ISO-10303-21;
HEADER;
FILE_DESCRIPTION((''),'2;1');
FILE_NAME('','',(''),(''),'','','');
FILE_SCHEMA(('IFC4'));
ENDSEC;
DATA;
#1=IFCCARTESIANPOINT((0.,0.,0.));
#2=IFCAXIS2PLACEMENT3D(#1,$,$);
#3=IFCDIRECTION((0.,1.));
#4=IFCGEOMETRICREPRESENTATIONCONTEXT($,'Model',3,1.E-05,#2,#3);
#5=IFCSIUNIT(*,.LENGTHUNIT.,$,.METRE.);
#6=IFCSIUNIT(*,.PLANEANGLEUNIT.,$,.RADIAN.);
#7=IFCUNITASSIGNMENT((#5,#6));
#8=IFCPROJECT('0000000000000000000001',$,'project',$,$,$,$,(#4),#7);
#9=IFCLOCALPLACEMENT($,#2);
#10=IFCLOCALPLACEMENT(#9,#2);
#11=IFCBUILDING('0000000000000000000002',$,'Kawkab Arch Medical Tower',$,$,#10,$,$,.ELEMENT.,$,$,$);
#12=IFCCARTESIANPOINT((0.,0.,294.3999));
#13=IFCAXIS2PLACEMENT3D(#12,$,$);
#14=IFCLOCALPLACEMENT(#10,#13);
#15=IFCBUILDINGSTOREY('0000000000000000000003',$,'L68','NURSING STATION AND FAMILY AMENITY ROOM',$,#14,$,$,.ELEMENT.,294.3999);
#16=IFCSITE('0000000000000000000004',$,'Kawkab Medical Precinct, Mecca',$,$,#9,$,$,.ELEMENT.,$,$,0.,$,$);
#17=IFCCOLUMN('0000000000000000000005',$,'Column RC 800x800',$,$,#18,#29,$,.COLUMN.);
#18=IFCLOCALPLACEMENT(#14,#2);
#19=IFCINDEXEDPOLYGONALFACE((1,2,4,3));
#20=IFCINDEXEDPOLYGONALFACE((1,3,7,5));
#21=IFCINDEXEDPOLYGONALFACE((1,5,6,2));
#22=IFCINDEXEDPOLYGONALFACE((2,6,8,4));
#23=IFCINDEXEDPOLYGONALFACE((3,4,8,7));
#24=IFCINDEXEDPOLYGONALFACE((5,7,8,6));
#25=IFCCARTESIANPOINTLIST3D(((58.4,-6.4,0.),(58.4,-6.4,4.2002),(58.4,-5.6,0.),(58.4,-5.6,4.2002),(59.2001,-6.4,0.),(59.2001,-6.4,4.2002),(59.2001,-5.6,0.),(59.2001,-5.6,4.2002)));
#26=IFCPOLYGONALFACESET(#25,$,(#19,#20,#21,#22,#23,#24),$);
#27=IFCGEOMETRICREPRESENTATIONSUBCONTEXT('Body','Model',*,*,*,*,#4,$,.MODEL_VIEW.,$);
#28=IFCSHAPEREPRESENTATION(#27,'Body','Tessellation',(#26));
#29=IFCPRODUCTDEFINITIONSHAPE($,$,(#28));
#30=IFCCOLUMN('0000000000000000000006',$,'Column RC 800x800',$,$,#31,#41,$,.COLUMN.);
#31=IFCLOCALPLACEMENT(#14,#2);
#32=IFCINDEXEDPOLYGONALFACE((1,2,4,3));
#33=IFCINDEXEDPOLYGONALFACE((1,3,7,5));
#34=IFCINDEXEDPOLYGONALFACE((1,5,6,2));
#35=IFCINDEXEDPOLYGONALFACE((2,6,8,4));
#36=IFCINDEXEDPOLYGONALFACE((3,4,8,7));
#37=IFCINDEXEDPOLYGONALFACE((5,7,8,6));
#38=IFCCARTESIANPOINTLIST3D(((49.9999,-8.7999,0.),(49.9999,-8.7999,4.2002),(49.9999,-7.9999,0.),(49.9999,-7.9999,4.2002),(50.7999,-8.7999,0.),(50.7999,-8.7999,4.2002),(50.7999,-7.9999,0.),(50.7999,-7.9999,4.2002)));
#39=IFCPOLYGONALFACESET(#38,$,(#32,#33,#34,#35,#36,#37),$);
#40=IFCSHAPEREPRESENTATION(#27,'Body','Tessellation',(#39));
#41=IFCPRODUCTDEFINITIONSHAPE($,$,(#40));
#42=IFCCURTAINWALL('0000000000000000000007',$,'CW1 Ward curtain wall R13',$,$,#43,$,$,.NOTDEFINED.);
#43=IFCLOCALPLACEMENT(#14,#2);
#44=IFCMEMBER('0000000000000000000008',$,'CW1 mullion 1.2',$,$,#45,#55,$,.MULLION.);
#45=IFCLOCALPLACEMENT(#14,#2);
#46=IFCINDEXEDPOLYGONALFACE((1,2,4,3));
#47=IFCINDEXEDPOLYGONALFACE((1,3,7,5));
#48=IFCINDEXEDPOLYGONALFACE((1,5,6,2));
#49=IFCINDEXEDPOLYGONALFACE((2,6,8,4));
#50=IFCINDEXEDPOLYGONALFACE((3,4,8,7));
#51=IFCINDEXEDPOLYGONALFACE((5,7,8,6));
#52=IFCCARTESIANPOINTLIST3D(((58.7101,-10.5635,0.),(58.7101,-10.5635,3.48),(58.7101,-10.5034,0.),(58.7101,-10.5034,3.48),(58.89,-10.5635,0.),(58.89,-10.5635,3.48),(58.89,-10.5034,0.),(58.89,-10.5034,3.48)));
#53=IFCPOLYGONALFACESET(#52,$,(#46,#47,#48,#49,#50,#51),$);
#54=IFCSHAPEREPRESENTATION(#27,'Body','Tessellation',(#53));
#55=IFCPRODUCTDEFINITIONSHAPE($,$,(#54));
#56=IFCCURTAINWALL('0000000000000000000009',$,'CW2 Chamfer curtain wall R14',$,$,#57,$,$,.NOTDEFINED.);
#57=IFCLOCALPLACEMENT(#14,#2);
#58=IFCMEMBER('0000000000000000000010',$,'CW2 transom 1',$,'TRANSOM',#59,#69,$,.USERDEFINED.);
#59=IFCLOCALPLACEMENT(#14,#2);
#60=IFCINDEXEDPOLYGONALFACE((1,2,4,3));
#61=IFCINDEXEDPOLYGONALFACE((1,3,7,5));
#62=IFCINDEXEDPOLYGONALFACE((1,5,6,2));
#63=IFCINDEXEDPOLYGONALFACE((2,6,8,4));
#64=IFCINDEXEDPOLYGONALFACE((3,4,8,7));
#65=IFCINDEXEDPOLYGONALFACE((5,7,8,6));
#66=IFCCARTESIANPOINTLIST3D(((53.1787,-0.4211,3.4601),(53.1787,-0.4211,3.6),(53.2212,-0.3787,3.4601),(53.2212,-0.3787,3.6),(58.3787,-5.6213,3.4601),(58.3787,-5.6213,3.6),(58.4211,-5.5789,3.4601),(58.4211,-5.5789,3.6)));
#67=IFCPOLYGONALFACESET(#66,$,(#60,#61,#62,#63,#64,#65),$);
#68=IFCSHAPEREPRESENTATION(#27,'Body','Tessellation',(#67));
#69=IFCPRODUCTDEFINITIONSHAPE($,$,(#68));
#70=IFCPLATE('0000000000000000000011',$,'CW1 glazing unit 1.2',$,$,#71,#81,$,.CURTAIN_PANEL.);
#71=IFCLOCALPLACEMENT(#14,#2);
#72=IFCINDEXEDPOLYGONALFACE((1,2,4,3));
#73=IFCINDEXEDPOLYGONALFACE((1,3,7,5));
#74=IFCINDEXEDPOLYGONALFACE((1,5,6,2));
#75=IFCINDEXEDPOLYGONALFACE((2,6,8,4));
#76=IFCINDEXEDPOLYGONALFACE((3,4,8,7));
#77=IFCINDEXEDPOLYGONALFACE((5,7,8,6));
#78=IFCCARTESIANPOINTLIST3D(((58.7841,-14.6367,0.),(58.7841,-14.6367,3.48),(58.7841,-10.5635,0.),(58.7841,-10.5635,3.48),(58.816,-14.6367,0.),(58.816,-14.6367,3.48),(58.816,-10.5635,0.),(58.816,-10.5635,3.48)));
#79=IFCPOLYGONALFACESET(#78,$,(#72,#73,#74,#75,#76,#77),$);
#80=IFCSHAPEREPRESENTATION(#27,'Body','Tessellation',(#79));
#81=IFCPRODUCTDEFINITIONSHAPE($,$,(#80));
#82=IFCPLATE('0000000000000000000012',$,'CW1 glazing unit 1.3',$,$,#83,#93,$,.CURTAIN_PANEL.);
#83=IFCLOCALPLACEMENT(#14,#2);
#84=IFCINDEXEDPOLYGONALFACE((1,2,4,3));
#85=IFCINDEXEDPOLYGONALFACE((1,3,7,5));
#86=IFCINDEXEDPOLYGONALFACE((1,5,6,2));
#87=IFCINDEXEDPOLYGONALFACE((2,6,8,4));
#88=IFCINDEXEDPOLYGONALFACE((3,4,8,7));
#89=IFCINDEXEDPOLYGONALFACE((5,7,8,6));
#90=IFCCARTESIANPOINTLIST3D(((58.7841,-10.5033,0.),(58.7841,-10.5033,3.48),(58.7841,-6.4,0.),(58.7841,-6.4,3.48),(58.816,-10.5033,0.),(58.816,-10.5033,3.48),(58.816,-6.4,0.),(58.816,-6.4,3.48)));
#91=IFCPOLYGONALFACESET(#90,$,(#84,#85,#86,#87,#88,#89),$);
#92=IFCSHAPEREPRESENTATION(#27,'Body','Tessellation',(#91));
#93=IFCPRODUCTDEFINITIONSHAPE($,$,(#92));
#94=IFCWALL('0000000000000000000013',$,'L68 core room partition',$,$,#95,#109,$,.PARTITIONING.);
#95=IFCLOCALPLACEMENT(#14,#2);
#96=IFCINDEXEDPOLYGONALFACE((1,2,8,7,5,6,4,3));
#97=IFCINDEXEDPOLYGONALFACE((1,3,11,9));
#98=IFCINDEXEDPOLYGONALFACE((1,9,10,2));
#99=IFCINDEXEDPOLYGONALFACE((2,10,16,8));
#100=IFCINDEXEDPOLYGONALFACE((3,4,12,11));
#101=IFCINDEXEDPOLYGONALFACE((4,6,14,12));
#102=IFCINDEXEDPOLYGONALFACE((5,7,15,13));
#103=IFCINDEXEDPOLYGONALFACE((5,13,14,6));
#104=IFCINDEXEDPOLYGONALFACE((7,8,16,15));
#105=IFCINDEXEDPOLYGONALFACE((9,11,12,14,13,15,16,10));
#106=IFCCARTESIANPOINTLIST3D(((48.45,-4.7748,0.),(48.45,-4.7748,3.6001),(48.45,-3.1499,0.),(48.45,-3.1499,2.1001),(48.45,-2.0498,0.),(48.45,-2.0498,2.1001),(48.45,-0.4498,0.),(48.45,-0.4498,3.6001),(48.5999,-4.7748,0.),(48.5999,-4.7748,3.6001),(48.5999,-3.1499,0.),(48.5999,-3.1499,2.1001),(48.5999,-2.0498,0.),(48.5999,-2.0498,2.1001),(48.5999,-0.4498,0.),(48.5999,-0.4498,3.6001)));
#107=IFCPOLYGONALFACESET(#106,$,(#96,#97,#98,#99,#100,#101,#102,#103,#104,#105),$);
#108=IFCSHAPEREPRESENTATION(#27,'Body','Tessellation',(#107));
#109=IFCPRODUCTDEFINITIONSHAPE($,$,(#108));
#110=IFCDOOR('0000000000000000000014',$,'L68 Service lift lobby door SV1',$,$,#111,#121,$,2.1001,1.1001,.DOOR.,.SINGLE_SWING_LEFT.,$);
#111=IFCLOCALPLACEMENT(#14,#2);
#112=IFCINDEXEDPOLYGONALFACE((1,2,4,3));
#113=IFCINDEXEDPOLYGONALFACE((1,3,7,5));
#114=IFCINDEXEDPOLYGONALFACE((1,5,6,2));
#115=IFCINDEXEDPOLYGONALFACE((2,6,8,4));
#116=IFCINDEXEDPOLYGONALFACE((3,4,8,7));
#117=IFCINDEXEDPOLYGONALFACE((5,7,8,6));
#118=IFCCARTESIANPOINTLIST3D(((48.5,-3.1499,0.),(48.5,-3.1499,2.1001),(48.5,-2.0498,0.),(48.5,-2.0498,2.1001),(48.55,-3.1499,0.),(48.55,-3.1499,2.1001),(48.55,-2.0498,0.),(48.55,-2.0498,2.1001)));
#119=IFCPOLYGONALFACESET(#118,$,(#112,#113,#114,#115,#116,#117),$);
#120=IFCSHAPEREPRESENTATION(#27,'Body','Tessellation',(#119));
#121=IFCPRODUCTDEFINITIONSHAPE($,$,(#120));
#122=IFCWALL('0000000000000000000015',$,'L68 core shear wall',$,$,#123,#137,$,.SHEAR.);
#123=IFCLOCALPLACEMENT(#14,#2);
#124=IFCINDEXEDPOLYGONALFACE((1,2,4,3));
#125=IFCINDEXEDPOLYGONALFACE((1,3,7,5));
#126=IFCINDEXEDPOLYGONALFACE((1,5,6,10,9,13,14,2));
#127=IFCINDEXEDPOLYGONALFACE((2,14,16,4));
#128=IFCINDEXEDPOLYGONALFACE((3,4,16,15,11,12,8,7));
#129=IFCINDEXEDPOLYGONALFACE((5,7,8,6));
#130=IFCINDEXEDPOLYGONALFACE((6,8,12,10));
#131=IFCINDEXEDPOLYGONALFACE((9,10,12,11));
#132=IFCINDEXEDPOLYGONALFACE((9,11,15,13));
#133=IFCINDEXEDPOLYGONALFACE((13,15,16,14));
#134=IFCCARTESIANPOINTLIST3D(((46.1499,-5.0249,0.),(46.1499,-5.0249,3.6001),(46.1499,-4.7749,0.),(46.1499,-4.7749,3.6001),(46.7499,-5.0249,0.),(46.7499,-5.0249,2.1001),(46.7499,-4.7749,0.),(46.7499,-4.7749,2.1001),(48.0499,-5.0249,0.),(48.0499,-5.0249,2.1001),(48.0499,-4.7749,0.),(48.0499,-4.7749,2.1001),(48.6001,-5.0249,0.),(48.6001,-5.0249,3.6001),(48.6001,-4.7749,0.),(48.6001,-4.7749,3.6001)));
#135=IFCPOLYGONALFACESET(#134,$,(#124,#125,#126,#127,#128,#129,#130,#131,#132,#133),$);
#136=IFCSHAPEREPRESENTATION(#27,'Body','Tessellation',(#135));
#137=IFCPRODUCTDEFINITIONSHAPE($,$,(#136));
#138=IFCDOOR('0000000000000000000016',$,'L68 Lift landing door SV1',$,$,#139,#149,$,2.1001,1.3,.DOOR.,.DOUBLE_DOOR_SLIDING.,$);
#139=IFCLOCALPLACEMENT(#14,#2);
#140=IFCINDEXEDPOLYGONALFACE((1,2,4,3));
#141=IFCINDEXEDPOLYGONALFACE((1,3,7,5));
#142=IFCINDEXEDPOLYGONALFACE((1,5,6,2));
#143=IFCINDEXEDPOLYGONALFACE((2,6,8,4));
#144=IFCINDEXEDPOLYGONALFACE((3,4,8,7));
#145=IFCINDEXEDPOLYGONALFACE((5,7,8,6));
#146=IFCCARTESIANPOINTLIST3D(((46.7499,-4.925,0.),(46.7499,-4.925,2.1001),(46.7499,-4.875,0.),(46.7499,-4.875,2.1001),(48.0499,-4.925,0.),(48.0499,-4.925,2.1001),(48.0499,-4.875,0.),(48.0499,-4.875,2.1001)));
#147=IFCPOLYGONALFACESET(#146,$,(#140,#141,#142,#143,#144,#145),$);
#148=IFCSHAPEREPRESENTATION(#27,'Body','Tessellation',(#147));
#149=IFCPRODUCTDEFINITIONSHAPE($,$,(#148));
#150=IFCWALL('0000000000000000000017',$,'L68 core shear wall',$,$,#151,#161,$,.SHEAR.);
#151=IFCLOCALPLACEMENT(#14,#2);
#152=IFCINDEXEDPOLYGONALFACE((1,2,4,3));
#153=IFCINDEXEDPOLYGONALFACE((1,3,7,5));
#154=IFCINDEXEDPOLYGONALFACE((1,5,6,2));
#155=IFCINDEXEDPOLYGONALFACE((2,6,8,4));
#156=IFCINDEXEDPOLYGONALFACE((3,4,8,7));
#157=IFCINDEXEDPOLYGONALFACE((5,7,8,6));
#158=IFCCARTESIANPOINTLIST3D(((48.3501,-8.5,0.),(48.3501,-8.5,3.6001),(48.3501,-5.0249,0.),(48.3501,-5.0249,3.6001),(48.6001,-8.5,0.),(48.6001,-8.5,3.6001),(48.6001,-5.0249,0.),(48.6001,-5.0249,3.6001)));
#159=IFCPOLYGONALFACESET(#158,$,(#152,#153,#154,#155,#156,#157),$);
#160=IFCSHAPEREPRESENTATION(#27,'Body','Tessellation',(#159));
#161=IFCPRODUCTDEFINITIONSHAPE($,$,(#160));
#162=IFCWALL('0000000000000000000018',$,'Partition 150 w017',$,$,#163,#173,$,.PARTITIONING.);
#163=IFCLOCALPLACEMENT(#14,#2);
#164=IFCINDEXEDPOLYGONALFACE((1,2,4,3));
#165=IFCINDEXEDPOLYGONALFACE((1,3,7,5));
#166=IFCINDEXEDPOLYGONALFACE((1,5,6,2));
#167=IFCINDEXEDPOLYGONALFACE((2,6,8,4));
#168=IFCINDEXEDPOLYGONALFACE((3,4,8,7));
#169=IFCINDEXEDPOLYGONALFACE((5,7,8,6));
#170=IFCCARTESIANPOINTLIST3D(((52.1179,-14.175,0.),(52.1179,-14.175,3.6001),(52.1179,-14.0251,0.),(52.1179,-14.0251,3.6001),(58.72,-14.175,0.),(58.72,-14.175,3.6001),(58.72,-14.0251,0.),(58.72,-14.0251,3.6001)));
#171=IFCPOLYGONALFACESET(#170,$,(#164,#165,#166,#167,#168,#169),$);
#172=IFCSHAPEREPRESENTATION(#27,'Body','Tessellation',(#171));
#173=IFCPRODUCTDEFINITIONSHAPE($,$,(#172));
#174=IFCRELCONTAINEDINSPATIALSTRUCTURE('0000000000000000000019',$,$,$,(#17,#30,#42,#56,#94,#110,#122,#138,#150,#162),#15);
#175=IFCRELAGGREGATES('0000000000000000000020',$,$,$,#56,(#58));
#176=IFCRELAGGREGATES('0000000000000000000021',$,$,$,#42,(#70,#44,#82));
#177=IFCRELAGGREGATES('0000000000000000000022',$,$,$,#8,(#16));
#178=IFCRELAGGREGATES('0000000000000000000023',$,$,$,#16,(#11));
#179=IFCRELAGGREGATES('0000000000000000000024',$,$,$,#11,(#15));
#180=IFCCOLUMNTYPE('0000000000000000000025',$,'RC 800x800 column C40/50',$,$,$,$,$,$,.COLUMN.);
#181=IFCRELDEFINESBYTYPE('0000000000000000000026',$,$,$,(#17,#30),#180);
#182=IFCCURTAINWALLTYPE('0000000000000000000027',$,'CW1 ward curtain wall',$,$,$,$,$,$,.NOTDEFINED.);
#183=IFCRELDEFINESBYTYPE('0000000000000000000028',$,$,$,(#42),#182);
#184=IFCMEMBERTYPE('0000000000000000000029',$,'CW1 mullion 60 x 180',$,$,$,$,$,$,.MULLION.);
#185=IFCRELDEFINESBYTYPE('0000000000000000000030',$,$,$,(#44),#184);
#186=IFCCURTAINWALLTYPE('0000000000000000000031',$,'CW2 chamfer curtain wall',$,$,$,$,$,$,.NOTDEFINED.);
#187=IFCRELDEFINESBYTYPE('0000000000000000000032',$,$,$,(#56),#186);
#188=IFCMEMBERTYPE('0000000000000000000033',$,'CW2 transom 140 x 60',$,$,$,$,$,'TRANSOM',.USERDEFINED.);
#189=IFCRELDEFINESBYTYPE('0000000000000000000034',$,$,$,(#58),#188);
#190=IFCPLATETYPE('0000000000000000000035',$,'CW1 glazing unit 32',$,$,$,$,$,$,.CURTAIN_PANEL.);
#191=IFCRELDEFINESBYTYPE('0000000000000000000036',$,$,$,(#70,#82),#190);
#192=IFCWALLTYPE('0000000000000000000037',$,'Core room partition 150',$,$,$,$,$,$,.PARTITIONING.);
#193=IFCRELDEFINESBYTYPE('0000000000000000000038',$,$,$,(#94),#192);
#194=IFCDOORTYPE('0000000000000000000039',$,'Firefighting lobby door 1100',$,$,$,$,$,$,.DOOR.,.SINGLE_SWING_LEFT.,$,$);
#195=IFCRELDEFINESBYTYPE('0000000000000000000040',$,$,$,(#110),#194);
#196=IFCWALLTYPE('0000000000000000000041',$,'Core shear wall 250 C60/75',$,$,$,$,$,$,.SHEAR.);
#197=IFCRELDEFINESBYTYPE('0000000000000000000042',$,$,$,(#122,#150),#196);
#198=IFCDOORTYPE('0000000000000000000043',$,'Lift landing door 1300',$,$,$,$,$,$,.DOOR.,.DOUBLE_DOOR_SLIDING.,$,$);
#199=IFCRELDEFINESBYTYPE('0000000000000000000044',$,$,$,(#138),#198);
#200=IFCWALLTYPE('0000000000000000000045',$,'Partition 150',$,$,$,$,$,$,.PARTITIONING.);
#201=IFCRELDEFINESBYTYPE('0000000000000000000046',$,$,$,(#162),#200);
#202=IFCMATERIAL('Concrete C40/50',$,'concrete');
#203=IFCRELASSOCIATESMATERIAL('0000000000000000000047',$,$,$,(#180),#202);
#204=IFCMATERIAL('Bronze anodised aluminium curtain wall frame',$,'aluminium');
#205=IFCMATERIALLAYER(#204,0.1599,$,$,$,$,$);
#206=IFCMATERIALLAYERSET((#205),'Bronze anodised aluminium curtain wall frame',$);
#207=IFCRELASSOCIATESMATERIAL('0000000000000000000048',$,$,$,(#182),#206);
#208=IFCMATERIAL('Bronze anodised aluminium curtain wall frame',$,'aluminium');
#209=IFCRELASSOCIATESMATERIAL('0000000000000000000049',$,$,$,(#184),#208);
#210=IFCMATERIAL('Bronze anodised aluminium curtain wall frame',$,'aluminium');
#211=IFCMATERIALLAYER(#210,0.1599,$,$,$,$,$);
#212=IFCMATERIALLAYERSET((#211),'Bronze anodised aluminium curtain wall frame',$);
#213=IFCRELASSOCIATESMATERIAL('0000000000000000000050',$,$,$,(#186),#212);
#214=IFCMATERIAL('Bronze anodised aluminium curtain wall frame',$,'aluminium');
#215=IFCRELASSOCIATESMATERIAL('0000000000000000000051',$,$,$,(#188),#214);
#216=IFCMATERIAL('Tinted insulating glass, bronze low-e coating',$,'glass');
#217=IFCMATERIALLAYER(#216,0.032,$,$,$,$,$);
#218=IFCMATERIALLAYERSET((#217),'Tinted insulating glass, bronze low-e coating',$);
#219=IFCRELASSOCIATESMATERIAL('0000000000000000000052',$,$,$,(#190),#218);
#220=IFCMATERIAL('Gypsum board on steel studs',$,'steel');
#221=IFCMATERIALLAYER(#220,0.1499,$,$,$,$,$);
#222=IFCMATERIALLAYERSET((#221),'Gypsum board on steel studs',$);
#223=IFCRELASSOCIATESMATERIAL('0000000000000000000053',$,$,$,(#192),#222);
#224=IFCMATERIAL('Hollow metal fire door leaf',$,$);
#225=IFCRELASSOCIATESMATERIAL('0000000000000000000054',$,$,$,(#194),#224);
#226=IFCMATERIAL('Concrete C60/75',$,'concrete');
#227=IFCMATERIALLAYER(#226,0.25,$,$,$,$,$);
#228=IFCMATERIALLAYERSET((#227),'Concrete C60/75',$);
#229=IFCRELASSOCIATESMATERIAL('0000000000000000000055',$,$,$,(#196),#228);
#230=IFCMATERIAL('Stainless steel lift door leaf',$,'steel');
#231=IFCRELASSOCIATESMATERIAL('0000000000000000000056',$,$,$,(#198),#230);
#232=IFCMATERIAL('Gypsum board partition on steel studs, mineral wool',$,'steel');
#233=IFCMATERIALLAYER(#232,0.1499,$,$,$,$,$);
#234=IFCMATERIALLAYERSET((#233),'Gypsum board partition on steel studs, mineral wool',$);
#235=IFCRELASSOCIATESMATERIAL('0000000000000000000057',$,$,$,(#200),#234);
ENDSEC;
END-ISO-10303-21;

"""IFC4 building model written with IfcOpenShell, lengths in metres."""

from ifc_helpers import new_model, si_unit, direction, frame, frame_2d, origin, origin_2d, place, context, subcontext, project, spatial, rectangle, extrude, material, layer, layer_set, material_profile, profile_set, type_object, element, fill, aggregate, save


model = new_model("IFC4")

# Units and contexts
model_context = context("Model", 3, precision=1e-05, world=origin(), true_north=direction((0.0, 1.0)))
body_context = subcontext(model_context, "Body", "Model", "MODEL_VIEW")
ifc_project = project(units=[si_unit("LENGTHUNIT", "METRE"), si_unit("PLANEANGLEUNIT", "RADIAN")], contexts=[model_context])

# Site, building, storey
site_placement = place(None, origin())
site = spatial("IfcSite", under=ifc_project, at=site_placement, Name="Kawkab Medical Precinct, Mecca", CompositionType="ELEMENT", RefElevation=0.0)
building_placement = place(site_placement, origin())
building = spatial("IfcBuilding", under=site, at=building_placement, Name="Kawkab Arch Medical Tower", CompositionType="ELEMENT")
storey_placement = place(building_placement, frame((0.0, 0.0, 294.3999)))
storey = spatial("IfcBuildingStorey", under=building, at=storey_placement, Name="L68", Description="NURSING STATION AND FAMILY AMENITY ROOM", CompositionType="ELEMENT", Elevation=294.3999)

# Columns
ifc_material_1 = material(Name="Concrete C40/50", Category="concrete")
ifc_material_profile_1 = material_profile(ifc_material_1, rectangle(XDim=0.8, YDim=0.8, at=origin_2d()), Name="RC 800x800")
ifc_profile_set_1 = profile_set([ifc_material_profile_1], Name="Concrete C40/50")
column_type = type_object("IfcColumnType", Name="RC 800x800 column C40/50", PredefinedType="COLUMN", material=ifc_profile_set_1)
for number, where, z_axis, x_axis, name in (
    (1, (58.8, -6.0, 0.0), (0.0, 0.0, 1.0), (1.0, 0.0, 0.0), "Column RC 800x800"),
    (2, (50.3999, -8.3999, 0.0), (0.0, 0.0, 1.0), (1.0, 0.0, 0.0), "Column RC 800x800"),
):
    element("IfcColumn", number, at=place(storey_placement, frame(where, z_axis=z_axis, x_axis=x_axis)), inside=storey, type_object=column_type, Name=name, PredefinedType="COLUMN", context=body_context, shape_type="SweptSolid", body=[
        extrude(rectangle(XDim=0.8, YDim=0.8, at=origin_2d()), origin(), (0.0, 0.0, 1.0), 4.2002),
    ])

# Curtain walls, members
ifc_material_2 = material(Name="Bronze anodised aluminium curtain wall frame", Category="aluminium")
ifc_layer_1 = layer(ifc_material_2, 0.1599)
ifc_layer_set_1 = layer_set([ifc_layer_1], Name="Bronze anodised aluminium curtain wall frame")
curtain_wall_type_1 = type_object("IfcCurtainWallType", Name="CW1 ward curtain wall", PredefinedType="NOTDEFINED", material=ifc_layer_set_1)
placement = place(storey_placement, origin())
curtain_wall_1 = element("IfcCurtainWall", 3, at=placement, inside=storey, type_object=curtain_wall_type_1, Name="CW1 Ward curtain wall R13", PredefinedType="NOTDEFINED")
ifc_material_3 = material(Name="Bronze anodised aluminium curtain wall frame", Category="aluminium")
ifc_material_profile_2 = material_profile(ifc_material_3, rectangle(XDim=0.1799, YDim=0.0601, at=origin_2d()), Name="AL 60x180")
ifc_profile_set_2 = profile_set([ifc_material_profile_2], Name="Bronze anodised aluminium curtain wall frame")
member_type_1 = type_object("IfcMemberType", Name="CW1 mullion 60 x 180", PredefinedType="MULLION", material=ifc_profile_set_2)
member_1_placement = place(storey_placement, frame((58.8, -10.5334, 0.0), z_axis=(0.0, 0.0, 1.0), x_axis=(-1.0, 0.0, 0.0)))
member_1 = element("IfcMember", 4, at=member_1_placement, type_object=member_type_1, Name="CW1 mullion 1.2", PredefinedType="MULLION", context=body_context, shape_type="SweptSolid", body=[
    extrude(rectangle(XDim=0.1799, YDim=0.0601, at=origin_2d()), origin(), (0.0, 0.0, 1.0), 3.48),
])
ifc_material_4 = material(Name="Bronze anodised aluminium curtain wall frame", Category="aluminium")
ifc_layer_2 = layer(ifc_material_4, 0.1599)
ifc_layer_set_2 = layer_set([ifc_layer_2], Name="Bronze anodised aluminium curtain wall frame")
curtain_wall_type_2 = type_object("IfcCurtainWallType", Name="CW2 chamfer curtain wall", PredefinedType="NOTDEFINED", material=ifc_layer_set_2)
curtain_wall_2 = element("IfcCurtainWall", 5, at=placement, inside=storey, type_object=curtain_wall_type_2, Name="CW2 Chamfer curtain wall R14", PredefinedType="NOTDEFINED")
ifc_material_5 = material(Name="Bronze anodised aluminium curtain wall frame", Category="aluminium")
ifc_material_profile_3 = material_profile(ifc_material_5, rectangle(XDim=0.0601, YDim=0.1399, at=origin_2d()), Name="AL 60x140")
ifc_profile_set_3 = profile_set([ifc_material_profile_3], Name="Bronze anodised aluminium curtain wall frame")
member_type_2 = type_object("IfcMemberType", Name="CW2 transom 140 x 60", ElementType="TRANSOM", PredefinedType="USERDEFINED", material=ifc_profile_set_3)
member_2_placement = place(storey_placement, frame((58.3999, -5.6001, 3.53), z_axis=(-0.70709, 0.707123, 0.0), x_axis=(-0.707123, -0.70709, 0.0)))
member_2 = element("IfcMember", 6, at=member_2_placement, type_object=member_type_2, Name="CW2 transom 1", ObjectType="TRANSOM", PredefinedType="USERDEFINED", context=body_context, shape_type="SweptSolid", body=[
    extrude(rectangle(XDim=0.0601, YDim=0.1399, at=origin_2d()), origin(), (0.0, 0.0, 1.0), 7.354),
])
aggregate(curtain_wall_2, [member_2])

# Plates
ifc_material_6 = material(Name="Tinted insulating glass, bronze low-e coating", Category="glass")
ifc_layer_3 = layer(ifc_material_6, 0.032)
ifc_layer_set_3 = layer_set([ifc_layer_3], Name="Tinted insulating glass, bronze low-e coating")
plate_type = type_object("IfcPlateType", Name="CW1 glazing unit 32", PredefinedType="CURTAIN_PANEL", material=ifc_layer_set_3)
plate_1_placement = place(storey_placement, frame((58.8, -12.6001, 0.0), z_axis=(0.0, 0.0, 1.0), x_axis=(0.0, 1.0, 0.0)))
plate_1 = element("IfcPlate", 7, at=plate_1_placement, type_object=plate_type, Name="CW1 glazing unit 1.2", PredefinedType="CURTAIN_PANEL", context=body_context, shape_type="SweptSolid", body=[
    extrude(rectangle(XDim=4.0732, YDim=0.032, at=origin_2d()), origin(), (0.0, 0.0, 1.0), 3.48),
])
plate_2_placement = place(storey_placement, frame((58.8, -8.4517, 0.0), z_axis=(0.0, 0.0, 1.0), x_axis=(0.0, 1.0, 0.0)))
plate_2 = element("IfcPlate", 8, at=plate_2_placement, type_object=plate_type, Name="CW1 glazing unit 1.3", PredefinedType="CURTAIN_PANEL", context=body_context, shape_type="SweptSolid", body=[
    extrude(rectangle(XDim=4.1033, YDim=0.032, at=origin_2d()), origin(), (0.0, 0.0, 1.0), 3.48),
])
aggregate(curtain_wall_1, [plate_1, member_1, plate_2])

# Walls, openings, doors
ifc_material_7 = material(Name="Gypsum board on steel studs", Category="steel")
ifc_layer_4 = layer(ifc_material_7, 0.1499)
ifc_layer_set_4 = layer_set([ifc_layer_4], Name="Gypsum board on steel studs")
wall_type_1 = type_object("IfcWallType", Name="Core room partition 150", PredefinedType="PARTITIONING", material=ifc_layer_set_4)
wall_1_placement = place(storey_placement, frame((48.5249, -4.7749, 0.0), z_axis=(0.0, 0.0, 1.0), x_axis=(0.0, 1.0, 0.0)))
wall_1 = element("IfcWall", 9, at=wall_1_placement, inside=storey, type_object=wall_type_1, Name="L68 core room partition", PredefinedType="PARTITIONING", context=body_context, shape_type="SweptSolid", body=[
    extrude(rectangle(XDim=4.325, YDim=0.1499, at=frame_2d((2.1626, 0.0))), origin(), (0.0, 0.0, 1.0), 3.6001),
])
opening_1_placement = place(wall_1_placement, frame((1.625, 0.0, 0.0)))
opening_1 = element("IfcOpeningElement", 10, at=opening_1_placement, cuts=wall_1, PredefinedType="OPENING", context=body_context, shape_type="SweptSolid", body=[
    extrude(rectangle(XDim=1.1001, YDim=2.1001, at=frame_2d((0.55, 1.05))), frame((0.0, 0.085, 0.0), z_axis=(0.0, -1.0, 0.0), x_axis=(1.0, 0.0, 0.0)), (0.0, 0.0, 1.0), 0.1699),
])
ifc_material_8 = material(Name="Hollow metal fire door leaf")
door_type_1 = type_object("IfcDoorType", Name="Firefighting lobby door 1100", OperationType="SINGLE_SWING_LEFT", PredefinedType="DOOR", material=ifc_material_8)
door_1_placement = place(opening_1_placement, origin())
door_1 = element("IfcDoor", 11, at=door_1_placement, inside=storey, type_object=door_type_1, Name="L68 Service lift lobby door SV1", OperationType="SINGLE_SWING_LEFT", OverallHeight=2.1001, OverallWidth=1.1001, PredefinedType="DOOR", context=body_context, shape_type="SweptSolid", body=[
    extrude(rectangle(XDim=1.1001, YDim=2.1001, at=frame_2d((0.55, 1.05))), frame((0.0, 0.0249, 0.0), z_axis=(0.0, -1.0, 0.0), x_axis=(1.0, 0.0, 0.0)), (0.0, 0.0, 1.0), 0.05),
])
fill(opening_1, door_1)
ifc_material_9 = material(Name="Concrete C60/75", Category="concrete")
ifc_layer_5 = layer(ifc_material_9, 0.25)
ifc_layer_set_5 = layer_set([ifc_layer_5], Name="Concrete C60/75")
wall_type_2 = type_object("IfcWallType", Name="Core shear wall 250 C60/75", PredefinedType="SHEAR", material=ifc_layer_set_5)
wall_2_placement = place(storey_placement, frame((46.1499, -4.8999, 0.0), z_axis=(0.0, 0.0, 1.0), x_axis=(1.0, 0.0, 0.0)))
wall_2 = element("IfcWall", 12, at=wall_2_placement, inside=storey, type_object=wall_type_2, Name="L68 core shear wall", PredefinedType="SHEAR", context=body_context, shape_type="SweptSolid", body=[
    extrude(rectangle(XDim=2.4502, YDim=0.25, at=frame_2d((1.2251, 0.0))), origin(), (0.0, 0.0, 1.0), 3.6001),
])
opening_2_placement = place(wall_2_placement, frame((0.6001, 0.0, 0.0)))
opening_2 = element("IfcOpeningElement", 13, at=opening_2_placement, cuts=wall_2, PredefinedType="OPENING", context=body_context, shape_type="SweptSolid", body=[
    extrude(rectangle(XDim=1.3, YDim=2.1001, at=frame_2d((0.6499, 1.05))), frame((0.0, 0.135, 0.0), z_axis=(0.0, -1.0, 0.0), x_axis=(1.0, 0.0, 0.0)), (0.0, 0.0, 1.0), 0.27),
])
ifc_material_10 = material(Name="Stainless steel lift door leaf", Category="steel")
door_type_2 = type_object("IfcDoorType", Name="Lift landing door 1300", OperationType="DOUBLE_DOOR_SLIDING", PredefinedType="DOOR", material=ifc_material_10)
door_2_placement = place(opening_2_placement, origin())
door_2 = element("IfcDoor", 14, at=door_2_placement, inside=storey, type_object=door_type_2, Name="L68 Lift landing door SV1", OperationType="DOUBLE_DOOR_SLIDING", OverallHeight=2.1001, OverallWidth=1.3, PredefinedType="DOOR", context=body_context, shape_type="SweptSolid", body=[
    extrude(rectangle(XDim=1.3, YDim=2.1001, at=frame_2d((0.6499, 1.05))), frame((0.0, 0.0249, 0.0), z_axis=(0.0, -1.0, 0.0), x_axis=(1.0, 0.0, 0.0)), (0.0, 0.0, 1.0), 0.05),
])
fill(opening_2, door_2)

# Walls
wall_3_placement = place(storey_placement, frame((48.4751, -8.5, 0.0), z_axis=(0.0, 0.0, 1.0), x_axis=(0.0, 1.0, 0.0)))
element("IfcWall", 15, at=wall_3_placement, inside=storey, type_object=wall_type_2, Name="L68 core shear wall", PredefinedType="SHEAR", context=body_context, shape_type="SweptSolid", body=[
    extrude(rectangle(XDim=3.4751, YDim=0.25, at=frame_2d((1.7375, 0.0))), origin(), (0.0, 0.0, 1.0), 3.6001),
])
ifc_material_11 = material(Name="Gypsum board partition on steel studs, mineral wool", Category="steel")
ifc_layer_6 = layer(ifc_material_11, 0.1499)
ifc_layer_set_6 = layer_set([ifc_layer_6], Name="Gypsum board partition on steel studs, mineral wool")
wall_type_3 = type_object("IfcWallType", Name="Partition 150", PredefinedType="PARTITIONING", material=ifc_layer_set_6)
wall_4_placement = place(storey_placement, frame((52.1179, -14.1001, 0.0), z_axis=(0.0, 0.0, 1.0), x_axis=(1.0, 0.0, 0.0)))
element("IfcWall", 16, at=wall_4_placement, inside=storey, type_object=wall_type_3, Name="Partition 150 w017", PredefinedType="PARTITIONING", context=body_context, shape_type="SweptSolid", body=[
    extrude(rectangle(XDim=6.6021, YDim=0.1499, at=frame_2d((3.301, 0.0))), origin(), (0.0, 0.0, 1.0), 3.6001),
])

save(model, "model.ifc")
